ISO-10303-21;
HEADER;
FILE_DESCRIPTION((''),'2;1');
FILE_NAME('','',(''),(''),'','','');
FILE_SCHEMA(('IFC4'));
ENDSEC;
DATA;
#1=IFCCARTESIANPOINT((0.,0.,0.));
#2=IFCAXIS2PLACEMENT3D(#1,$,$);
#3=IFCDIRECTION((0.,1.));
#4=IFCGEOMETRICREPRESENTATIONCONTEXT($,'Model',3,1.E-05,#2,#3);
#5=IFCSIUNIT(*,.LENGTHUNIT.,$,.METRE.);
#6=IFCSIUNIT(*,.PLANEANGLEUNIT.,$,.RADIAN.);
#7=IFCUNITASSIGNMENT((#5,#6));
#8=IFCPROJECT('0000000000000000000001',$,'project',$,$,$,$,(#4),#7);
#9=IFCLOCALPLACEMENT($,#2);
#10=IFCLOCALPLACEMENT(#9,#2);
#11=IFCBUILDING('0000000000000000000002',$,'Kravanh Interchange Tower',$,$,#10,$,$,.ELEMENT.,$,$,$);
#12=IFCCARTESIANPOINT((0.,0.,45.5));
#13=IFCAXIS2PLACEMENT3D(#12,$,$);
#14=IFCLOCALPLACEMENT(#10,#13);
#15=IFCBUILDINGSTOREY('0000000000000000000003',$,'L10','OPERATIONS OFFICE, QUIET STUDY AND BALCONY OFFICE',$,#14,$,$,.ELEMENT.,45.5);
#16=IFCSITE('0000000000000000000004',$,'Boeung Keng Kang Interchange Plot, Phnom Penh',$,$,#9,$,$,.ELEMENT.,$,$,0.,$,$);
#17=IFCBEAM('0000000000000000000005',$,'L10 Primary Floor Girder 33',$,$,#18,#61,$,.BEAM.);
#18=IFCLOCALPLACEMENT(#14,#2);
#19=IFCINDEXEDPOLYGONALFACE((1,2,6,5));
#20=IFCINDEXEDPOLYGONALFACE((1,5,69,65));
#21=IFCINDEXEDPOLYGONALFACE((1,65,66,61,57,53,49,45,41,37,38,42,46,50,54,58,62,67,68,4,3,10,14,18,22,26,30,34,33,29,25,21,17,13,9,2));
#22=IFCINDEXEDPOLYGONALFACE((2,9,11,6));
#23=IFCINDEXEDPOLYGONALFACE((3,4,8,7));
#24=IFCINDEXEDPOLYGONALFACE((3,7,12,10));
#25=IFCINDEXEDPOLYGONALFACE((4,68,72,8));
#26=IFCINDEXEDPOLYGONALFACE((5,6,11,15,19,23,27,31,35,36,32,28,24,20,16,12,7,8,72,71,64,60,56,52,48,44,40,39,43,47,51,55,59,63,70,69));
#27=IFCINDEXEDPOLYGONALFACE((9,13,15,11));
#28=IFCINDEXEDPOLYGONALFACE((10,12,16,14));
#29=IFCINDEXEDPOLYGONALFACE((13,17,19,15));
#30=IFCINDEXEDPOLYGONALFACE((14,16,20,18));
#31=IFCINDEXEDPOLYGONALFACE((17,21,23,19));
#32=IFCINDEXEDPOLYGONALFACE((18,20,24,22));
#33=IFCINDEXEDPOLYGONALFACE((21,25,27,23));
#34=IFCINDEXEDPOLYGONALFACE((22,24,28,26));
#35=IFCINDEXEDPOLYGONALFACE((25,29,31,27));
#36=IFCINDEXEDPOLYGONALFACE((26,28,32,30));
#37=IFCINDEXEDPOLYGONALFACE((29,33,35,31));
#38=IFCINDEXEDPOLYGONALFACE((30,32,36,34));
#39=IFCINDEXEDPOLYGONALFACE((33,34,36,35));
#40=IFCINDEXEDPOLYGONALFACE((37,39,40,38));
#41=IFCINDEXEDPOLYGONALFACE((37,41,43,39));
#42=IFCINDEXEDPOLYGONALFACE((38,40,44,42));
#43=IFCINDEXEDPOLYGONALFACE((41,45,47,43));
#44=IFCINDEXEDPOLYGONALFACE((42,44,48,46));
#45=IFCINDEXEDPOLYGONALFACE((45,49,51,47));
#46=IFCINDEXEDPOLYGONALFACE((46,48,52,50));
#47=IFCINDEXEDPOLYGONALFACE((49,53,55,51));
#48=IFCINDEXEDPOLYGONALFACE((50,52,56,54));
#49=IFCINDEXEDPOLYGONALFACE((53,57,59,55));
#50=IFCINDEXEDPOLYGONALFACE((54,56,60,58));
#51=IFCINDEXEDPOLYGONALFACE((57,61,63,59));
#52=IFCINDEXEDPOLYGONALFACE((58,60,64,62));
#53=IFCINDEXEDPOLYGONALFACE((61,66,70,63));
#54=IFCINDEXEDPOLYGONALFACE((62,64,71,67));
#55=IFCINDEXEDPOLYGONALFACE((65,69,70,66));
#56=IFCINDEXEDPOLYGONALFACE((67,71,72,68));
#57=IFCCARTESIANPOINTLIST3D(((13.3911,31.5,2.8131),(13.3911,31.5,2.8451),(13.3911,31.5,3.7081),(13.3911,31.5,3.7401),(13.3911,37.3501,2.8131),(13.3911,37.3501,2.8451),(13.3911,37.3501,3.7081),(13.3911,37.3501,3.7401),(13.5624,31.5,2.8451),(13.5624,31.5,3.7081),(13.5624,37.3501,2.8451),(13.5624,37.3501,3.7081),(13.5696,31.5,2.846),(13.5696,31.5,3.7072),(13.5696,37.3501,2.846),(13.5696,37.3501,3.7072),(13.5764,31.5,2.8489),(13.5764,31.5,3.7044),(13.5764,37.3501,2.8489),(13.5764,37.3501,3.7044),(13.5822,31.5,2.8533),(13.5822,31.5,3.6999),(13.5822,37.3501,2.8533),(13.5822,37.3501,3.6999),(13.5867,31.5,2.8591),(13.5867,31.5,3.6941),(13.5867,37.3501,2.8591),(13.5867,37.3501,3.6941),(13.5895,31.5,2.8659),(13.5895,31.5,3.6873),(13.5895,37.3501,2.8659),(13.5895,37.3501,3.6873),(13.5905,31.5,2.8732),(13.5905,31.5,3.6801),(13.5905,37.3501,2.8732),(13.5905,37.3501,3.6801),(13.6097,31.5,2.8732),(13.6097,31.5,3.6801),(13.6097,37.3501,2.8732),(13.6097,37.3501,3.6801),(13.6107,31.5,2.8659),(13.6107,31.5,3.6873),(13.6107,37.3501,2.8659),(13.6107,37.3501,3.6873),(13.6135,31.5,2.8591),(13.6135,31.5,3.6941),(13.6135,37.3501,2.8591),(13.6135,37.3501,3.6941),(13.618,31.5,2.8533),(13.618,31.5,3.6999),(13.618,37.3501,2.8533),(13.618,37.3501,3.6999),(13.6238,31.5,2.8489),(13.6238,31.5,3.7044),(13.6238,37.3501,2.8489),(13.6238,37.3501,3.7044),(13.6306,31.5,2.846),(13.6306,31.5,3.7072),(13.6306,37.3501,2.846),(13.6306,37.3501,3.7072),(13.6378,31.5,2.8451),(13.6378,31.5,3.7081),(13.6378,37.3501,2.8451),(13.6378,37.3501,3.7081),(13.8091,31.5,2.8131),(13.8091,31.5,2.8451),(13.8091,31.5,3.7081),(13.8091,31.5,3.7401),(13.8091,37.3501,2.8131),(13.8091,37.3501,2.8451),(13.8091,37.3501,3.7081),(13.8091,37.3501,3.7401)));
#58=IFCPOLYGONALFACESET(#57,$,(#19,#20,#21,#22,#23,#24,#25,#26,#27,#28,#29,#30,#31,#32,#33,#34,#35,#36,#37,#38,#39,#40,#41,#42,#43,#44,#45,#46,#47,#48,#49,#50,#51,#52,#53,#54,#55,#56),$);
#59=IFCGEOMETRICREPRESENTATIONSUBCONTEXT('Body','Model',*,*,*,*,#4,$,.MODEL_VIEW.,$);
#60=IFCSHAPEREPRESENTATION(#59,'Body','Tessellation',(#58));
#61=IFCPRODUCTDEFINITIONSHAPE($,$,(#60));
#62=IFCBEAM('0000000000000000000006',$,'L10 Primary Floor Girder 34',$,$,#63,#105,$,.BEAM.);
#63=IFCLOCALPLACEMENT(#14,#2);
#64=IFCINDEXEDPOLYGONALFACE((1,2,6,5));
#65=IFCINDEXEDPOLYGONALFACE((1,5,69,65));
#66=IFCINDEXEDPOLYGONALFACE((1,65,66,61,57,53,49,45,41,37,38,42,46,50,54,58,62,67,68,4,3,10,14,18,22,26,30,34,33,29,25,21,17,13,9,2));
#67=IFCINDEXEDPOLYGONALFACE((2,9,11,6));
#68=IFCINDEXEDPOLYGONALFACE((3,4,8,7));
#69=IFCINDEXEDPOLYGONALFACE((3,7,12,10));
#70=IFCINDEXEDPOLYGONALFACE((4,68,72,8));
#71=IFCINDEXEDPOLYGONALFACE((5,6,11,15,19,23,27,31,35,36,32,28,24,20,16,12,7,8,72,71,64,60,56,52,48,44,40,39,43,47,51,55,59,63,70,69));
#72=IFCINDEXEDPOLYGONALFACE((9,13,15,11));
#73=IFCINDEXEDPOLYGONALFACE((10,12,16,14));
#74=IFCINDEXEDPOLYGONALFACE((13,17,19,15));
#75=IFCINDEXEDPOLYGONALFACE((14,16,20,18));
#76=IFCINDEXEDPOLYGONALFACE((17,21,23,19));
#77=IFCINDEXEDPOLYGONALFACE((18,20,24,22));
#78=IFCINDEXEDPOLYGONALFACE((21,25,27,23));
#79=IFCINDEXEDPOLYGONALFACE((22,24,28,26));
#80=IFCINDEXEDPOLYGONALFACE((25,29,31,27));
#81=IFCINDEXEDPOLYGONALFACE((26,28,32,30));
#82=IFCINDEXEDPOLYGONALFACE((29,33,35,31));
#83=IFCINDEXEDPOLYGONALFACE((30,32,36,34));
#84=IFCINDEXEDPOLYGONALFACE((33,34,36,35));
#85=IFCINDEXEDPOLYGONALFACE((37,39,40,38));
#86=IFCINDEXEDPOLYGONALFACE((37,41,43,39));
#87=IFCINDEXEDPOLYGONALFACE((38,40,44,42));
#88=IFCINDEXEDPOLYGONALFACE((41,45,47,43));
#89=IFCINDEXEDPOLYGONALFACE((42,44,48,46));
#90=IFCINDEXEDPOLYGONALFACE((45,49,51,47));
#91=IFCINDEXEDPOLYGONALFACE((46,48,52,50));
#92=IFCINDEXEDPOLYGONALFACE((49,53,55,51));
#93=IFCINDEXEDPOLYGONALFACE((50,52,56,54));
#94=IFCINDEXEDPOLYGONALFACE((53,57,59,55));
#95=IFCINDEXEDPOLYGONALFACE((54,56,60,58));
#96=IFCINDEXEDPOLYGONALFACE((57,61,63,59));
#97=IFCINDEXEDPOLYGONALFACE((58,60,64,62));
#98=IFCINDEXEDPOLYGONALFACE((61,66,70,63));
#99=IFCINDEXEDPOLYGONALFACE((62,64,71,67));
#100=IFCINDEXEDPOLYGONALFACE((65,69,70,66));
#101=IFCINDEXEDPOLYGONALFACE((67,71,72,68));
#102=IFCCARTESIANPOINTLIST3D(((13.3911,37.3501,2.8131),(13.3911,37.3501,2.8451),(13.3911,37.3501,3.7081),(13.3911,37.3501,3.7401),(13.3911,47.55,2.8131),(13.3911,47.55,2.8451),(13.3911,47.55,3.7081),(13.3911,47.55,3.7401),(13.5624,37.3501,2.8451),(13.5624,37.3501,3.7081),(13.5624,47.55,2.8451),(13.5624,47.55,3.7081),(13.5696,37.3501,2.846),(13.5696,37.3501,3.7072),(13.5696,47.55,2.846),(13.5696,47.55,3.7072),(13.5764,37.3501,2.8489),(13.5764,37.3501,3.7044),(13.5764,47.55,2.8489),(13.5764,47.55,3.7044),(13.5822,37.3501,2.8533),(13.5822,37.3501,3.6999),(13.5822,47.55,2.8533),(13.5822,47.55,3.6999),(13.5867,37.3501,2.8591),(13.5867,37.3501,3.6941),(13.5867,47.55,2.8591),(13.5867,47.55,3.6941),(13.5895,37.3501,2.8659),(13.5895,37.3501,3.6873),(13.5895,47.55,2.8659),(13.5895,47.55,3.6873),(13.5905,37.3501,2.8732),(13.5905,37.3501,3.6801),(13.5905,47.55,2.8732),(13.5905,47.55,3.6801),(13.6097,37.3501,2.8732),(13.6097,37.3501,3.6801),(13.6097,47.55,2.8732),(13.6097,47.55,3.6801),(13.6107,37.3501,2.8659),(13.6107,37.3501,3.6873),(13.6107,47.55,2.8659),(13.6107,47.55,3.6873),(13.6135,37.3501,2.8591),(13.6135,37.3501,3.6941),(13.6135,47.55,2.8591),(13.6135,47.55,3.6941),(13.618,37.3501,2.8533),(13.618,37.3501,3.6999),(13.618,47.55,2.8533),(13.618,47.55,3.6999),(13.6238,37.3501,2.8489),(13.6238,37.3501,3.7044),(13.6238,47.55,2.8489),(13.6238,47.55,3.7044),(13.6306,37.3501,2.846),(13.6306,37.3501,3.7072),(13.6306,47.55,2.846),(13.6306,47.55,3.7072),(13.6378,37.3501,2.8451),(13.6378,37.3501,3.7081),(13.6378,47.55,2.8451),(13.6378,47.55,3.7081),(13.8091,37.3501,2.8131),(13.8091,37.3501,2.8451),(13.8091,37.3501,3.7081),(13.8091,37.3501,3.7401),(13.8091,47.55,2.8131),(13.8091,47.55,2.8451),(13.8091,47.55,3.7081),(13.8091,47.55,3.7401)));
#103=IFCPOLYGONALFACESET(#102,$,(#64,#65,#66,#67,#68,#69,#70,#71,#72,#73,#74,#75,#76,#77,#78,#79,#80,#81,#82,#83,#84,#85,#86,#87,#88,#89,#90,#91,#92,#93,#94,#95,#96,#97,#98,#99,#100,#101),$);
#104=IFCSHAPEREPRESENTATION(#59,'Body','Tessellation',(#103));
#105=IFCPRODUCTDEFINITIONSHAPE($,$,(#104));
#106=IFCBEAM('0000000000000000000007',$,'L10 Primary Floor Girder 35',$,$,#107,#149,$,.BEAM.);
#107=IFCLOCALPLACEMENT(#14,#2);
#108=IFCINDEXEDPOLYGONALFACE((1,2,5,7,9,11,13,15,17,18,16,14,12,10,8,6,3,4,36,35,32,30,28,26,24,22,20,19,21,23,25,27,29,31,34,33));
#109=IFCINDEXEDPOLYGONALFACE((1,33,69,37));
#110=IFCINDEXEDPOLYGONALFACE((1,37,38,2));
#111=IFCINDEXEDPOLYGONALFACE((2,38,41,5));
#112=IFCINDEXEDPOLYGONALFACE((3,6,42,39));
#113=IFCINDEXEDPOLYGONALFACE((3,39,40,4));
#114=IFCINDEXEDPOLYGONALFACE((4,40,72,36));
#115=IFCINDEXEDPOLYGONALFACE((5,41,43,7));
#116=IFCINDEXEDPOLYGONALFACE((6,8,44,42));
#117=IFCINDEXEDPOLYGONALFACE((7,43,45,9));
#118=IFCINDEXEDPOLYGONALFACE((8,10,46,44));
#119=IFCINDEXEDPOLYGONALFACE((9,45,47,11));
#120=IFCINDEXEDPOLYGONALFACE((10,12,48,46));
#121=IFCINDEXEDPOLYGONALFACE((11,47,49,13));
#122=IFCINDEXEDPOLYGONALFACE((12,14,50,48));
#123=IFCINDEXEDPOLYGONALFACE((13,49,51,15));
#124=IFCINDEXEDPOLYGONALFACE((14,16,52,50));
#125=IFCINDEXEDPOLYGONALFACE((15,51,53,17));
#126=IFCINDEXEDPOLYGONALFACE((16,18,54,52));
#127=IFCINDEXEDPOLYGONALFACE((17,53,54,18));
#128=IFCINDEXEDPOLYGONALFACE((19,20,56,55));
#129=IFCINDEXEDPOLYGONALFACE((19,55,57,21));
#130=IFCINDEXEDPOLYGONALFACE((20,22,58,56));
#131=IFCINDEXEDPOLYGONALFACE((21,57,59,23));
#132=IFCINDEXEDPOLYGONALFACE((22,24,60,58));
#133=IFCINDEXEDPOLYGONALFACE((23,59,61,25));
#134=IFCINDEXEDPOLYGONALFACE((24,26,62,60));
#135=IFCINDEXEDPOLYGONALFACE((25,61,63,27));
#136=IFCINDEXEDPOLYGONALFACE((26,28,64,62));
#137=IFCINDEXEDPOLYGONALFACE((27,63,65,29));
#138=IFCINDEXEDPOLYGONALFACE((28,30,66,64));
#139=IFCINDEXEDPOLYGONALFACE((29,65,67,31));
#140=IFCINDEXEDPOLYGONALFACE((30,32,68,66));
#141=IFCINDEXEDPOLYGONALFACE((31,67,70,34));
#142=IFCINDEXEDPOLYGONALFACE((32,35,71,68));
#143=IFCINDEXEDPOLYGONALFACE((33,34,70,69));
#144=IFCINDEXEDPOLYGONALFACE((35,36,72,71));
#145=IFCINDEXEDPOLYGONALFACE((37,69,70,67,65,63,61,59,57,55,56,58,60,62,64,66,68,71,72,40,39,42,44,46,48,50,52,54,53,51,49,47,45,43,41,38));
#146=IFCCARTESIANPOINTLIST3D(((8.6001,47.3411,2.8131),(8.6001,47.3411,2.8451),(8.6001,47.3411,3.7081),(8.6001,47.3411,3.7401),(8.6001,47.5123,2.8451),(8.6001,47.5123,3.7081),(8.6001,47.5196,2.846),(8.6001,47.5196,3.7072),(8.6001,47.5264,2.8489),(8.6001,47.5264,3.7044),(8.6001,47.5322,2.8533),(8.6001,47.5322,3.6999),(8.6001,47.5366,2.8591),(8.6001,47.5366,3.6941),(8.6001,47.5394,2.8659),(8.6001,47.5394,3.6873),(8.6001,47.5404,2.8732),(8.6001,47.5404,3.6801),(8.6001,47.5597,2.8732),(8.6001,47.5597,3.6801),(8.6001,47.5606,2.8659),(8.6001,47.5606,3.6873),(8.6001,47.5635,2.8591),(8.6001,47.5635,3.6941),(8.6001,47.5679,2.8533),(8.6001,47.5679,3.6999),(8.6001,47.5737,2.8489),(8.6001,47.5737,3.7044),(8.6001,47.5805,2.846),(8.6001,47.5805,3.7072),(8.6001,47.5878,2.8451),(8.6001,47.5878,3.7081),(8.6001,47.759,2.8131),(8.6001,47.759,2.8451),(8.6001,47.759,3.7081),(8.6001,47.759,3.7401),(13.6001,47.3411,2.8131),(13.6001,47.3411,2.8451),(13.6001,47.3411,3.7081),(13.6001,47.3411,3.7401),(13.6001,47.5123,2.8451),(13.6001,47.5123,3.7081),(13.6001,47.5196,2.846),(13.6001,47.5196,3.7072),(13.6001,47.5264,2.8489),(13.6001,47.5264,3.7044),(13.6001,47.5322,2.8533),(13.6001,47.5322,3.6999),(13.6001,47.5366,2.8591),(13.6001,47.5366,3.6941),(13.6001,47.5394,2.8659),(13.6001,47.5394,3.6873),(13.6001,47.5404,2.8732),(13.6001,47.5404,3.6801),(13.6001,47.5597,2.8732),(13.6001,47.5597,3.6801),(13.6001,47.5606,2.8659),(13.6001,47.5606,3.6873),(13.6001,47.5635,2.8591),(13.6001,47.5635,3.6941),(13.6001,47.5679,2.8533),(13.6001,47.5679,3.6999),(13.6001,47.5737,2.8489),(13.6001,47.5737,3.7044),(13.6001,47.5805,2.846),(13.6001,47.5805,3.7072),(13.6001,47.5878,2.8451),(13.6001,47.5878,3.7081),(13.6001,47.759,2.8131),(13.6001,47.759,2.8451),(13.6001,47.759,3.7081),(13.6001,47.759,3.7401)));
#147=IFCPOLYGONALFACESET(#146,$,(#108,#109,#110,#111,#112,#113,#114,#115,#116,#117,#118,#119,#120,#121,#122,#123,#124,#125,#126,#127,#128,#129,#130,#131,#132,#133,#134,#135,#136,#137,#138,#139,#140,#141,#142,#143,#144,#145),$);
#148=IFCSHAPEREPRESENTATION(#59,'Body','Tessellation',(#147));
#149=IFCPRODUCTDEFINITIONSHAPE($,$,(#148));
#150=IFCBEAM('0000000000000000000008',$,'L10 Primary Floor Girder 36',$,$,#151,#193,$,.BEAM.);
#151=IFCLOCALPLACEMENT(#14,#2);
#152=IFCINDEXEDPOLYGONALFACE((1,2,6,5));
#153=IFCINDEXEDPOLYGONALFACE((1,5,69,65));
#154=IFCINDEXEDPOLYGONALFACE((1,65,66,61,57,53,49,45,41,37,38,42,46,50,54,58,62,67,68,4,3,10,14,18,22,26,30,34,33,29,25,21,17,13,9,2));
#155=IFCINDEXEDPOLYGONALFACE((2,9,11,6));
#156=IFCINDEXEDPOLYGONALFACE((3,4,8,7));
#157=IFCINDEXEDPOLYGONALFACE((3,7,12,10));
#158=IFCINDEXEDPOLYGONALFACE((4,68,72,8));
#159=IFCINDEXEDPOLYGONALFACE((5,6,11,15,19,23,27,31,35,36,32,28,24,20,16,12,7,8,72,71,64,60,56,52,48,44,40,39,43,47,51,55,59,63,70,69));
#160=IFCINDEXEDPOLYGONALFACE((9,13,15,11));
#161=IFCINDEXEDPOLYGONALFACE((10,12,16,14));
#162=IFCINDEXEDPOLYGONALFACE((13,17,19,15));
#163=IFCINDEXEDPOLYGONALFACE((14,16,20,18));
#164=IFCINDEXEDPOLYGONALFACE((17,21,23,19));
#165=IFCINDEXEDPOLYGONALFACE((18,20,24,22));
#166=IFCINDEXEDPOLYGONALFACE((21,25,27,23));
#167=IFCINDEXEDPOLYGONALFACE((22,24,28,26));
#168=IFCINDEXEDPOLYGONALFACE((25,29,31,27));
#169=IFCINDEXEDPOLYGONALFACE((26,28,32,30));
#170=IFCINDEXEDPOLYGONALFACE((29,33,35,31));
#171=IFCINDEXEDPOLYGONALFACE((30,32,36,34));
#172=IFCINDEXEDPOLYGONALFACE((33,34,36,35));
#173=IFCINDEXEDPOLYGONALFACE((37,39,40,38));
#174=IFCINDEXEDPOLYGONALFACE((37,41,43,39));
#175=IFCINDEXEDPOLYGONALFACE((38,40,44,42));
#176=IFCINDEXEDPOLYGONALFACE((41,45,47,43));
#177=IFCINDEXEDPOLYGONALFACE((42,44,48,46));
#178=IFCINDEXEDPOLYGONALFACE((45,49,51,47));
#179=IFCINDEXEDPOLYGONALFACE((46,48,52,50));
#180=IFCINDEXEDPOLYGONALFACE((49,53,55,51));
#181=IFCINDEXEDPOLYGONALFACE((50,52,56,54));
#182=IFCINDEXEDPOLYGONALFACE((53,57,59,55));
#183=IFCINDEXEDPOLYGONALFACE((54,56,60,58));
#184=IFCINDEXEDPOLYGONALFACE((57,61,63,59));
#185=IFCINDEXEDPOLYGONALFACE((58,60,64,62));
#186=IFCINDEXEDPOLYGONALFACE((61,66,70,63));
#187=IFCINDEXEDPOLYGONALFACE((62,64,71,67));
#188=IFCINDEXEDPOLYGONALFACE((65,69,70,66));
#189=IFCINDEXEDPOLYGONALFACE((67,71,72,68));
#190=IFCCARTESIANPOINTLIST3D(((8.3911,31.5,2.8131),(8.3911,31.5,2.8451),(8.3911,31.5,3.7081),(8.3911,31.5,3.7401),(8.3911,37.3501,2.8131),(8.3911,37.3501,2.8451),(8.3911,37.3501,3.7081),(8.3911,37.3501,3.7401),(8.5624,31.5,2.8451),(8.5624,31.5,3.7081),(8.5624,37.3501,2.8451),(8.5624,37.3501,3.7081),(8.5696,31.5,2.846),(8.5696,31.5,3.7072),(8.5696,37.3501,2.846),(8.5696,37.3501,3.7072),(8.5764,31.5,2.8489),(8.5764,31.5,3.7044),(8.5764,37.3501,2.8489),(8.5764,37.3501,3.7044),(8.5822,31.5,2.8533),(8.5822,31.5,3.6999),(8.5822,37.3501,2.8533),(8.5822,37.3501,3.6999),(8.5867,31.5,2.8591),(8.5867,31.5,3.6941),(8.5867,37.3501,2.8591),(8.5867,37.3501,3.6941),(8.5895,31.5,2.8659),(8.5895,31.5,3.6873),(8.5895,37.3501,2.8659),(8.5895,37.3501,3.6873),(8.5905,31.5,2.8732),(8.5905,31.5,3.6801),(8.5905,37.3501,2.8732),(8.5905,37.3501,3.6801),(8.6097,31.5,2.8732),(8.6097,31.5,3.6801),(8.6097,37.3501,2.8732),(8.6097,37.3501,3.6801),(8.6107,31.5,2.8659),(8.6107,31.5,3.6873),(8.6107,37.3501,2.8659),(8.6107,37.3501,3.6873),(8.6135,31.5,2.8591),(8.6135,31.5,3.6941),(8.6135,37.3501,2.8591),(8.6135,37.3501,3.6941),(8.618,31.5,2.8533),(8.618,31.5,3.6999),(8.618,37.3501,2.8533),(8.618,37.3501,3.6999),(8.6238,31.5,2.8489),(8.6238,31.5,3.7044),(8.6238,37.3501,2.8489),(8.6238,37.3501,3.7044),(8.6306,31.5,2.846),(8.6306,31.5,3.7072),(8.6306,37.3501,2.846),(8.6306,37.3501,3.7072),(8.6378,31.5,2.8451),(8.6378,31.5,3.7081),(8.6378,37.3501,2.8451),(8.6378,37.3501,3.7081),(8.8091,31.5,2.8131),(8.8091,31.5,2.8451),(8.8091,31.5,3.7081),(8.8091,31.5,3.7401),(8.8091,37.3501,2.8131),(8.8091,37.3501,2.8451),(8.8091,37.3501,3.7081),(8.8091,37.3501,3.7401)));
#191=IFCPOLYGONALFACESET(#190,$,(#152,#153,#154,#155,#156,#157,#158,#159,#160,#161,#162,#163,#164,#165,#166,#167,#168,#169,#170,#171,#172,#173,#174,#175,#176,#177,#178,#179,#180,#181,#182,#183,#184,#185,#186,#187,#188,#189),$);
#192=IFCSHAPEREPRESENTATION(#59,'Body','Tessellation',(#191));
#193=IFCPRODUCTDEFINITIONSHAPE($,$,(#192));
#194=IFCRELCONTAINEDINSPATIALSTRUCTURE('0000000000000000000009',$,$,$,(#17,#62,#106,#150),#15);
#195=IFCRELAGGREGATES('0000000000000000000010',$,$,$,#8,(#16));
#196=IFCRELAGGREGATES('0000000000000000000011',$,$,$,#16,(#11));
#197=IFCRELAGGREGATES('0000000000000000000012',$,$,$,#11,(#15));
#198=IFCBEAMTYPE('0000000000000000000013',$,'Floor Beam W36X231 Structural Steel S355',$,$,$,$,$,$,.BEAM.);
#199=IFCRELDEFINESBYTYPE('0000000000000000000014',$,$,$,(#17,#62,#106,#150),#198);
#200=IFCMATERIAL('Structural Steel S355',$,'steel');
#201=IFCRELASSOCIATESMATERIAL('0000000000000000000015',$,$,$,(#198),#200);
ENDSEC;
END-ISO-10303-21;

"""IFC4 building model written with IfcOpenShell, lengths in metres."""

from ifc_helpers import new_model, si_unit, direction, frame, origin, origin_2d, place, context, subcontext, project, spatial, i_section, extrude, material, material_profile, profile_set, type_object, element, save


model = new_model("IFC4")

# Units and contexts
model_context = context("Model", 3, precision=1e-05, world=origin(), true_north=direction((0.0, 1.0)))
body_context = subcontext(model_context, "Body", "Model", "MODEL_VIEW")
ifc_project = project(units=[si_unit("LENGTHUNIT", "METRE"), si_unit("PLANEANGLEUNIT", "RADIAN")], contexts=[model_context])

# Site, building, storey
site_placement = place(None, origin())
site = spatial("IfcSite", under=ifc_project, at=site_placement, Name="Boeung Keng Kang Interchange Plot, Phnom Penh", CompositionType="ELEMENT", RefElevation=0.0)
building_placement = place(site_placement, origin())
building = spatial("IfcBuilding", under=site, at=building_placement, Name="Kravanh Interchange Tower", CompositionType="ELEMENT")
storey_placement = place(building_placement, frame((0.0, 0.0, 45.5)))
storey = spatial("IfcBuildingStorey", under=building, at=storey_placement, Name="L10", Description="OPERATIONS OFFICE, QUIET STUDY AND BALCONY OFFICE", CompositionType="ELEMENT", Elevation=45.5)

# Beams
ifc_material_1 = material(Name="Structural Steel S355", Category="steel")
ifc_material_profile_1 = material_profile(ifc_material_1, i_section(OverallWidth=0.418, OverallDepth=0.927, WebThickness=0.0193, FlangeThickness=0.032, FilletRadius=0.0281, at=origin_2d()), Name="W36X231")
ifc_profile_set_1 = profile_set([ifc_material_profile_1], Name="Structural Steel S355")
beam_type = type_object("IfcBeamType", Name="Floor Beam W36X231 Structural Steel S355", PredefinedType="BEAM", material=ifc_profile_set_1)
beam_1_placement = place(storey_placement, frame((13.6001, 37.3501, 3.2766), z_axis=(0.0, -1.0, 0.0), x_axis=(1.0, 0.0, 0.0)))
element("IfcBeam", 1, at=beam_1_placement, inside=storey, type_object=beam_type, Name="L10 Primary Floor Girder 33", PredefinedType="BEAM", context=body_context, shape_type="SweptSolid", body=[
    extrude(i_section(OverallWidth=0.418, OverallDepth=0.927, WebThickness=0.0193, FlangeThickness=0.032, FilletRadius=0.0281, at=origin_2d()), origin(), (0.0, 0.0, 1.0), 5.8501),
])
beam_2_placement = place(storey_placement, frame((13.6001, 37.3501, 3.2766), z_axis=(0.0, 1.0, 0.0), x_axis=(-1.0, 0.0, 0.0)))
element("IfcBeam", 2, at=beam_2_placement, inside=storey, type_object=beam_type, Name="L10 Primary Floor Girder 34", PredefinedType="BEAM", context=body_context, shape_type="SweptSolid", body=[
    extrude(i_section(OverallWidth=0.418, OverallDepth=0.927, WebThickness=0.0193, FlangeThickness=0.032, FilletRadius=0.0281, at=origin_2d()), origin(), (0.0, 0.0, 1.0), 10.2),
])
beam_3_placement = place(storey_placement, frame((13.6001, 47.55, 3.2766), z_axis=(-1.0, 0.0, 0.0), x_axis=(0.0, -1.0, 0.0)))
element("IfcBeam", 3, at=beam_3_placement, inside=storey, type_object=beam_type, Name="L10 Primary Floor Girder 35", PredefinedType="BEAM", context=body_context, shape_type="SweptSolid", body=[
    extrude(i_section(OverallWidth=0.418, OverallDepth=0.927, WebThickness=0.0193, FlangeThickness=0.032, FilletRadius=0.0281, at=origin_2d()), origin(), (0.0, 0.0, 1.0), 5.0),
])
beam_4_placement = place(storey_placement, frame((8.6001, 37.3501, 3.2766), z_axis=(0.0, -1.0, 0.0), x_axis=(1.0, 0.0, 0.0)))
element("IfcBeam", 4, at=beam_4_placement, inside=storey, type_object=beam_type, Name="L10 Primary Floor Girder 36", PredefinedType="BEAM", context=body_context, shape_type="SweptSolid", body=[
    extrude(i_section(OverallWidth=0.418, OverallDepth=0.927, WebThickness=0.0193, FlangeThickness=0.032, FilletRadius=0.0281, at=origin_2d()), origin(), (0.0, 0.0, 1.0), 5.8501),
])

save(model, "model.ifc")
